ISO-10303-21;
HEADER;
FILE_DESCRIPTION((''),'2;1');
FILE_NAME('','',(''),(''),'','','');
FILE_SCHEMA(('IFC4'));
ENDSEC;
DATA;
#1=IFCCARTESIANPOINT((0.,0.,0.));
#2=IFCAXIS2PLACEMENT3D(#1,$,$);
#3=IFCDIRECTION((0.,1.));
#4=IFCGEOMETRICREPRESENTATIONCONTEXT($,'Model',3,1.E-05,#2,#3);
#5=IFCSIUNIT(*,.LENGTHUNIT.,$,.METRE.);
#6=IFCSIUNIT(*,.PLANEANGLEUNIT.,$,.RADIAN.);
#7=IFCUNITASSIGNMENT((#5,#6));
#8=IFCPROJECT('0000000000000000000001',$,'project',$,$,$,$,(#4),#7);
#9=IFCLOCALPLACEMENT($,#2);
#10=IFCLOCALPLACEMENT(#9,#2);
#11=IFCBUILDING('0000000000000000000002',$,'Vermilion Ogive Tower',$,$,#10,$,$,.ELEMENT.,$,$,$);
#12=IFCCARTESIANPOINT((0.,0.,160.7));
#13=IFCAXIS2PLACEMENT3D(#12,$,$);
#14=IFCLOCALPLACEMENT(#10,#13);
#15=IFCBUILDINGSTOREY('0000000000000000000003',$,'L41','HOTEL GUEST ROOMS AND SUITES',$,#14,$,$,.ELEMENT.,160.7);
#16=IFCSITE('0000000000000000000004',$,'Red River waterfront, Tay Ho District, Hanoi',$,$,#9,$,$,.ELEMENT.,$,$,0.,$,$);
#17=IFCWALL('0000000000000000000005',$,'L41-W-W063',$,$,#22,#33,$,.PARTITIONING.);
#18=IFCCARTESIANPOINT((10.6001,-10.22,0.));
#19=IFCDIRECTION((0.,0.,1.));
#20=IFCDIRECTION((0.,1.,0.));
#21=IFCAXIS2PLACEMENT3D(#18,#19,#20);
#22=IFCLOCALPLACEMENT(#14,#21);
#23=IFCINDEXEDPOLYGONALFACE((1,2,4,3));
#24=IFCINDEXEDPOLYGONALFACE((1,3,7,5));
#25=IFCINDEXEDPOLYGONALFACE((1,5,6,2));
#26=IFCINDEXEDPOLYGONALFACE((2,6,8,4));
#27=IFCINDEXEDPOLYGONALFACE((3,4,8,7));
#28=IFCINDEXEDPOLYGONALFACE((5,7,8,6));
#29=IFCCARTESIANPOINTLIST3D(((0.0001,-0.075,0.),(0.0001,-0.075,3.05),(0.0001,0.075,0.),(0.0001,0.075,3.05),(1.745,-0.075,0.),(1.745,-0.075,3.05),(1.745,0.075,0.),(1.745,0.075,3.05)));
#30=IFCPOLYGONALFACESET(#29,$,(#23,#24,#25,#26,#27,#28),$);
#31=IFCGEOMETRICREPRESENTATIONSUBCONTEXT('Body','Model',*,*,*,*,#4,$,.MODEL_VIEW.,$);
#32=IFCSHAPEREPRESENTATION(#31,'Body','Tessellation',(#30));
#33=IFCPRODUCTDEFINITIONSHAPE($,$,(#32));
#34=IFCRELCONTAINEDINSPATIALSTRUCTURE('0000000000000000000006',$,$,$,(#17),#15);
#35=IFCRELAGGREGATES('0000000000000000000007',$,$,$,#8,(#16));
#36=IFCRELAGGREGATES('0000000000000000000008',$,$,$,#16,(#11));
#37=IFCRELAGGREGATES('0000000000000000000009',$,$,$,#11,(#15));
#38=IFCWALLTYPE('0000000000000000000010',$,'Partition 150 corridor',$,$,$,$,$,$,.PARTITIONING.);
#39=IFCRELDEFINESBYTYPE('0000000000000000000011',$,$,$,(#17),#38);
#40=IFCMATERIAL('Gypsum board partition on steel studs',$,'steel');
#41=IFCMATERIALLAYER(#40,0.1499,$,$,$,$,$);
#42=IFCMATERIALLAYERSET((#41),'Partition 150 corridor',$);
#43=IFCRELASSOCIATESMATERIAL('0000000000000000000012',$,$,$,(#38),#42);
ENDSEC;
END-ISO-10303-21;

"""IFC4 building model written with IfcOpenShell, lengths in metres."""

from ifc_helpers import new_model, si_unit, direction, frame, frame_2d, origin, place, context, subcontext, project, spatial, rectangle, extrude, material, layer, layer_set, type_object, element, save


model = new_model("IFC4")

# Units and contexts
model_context = context("Model", 3, precision=1e-05, world=origin(), true_north=direction((0.0, 1.0)))
body_context = subcontext(model_context, "Body", "Model", "MODEL_VIEW")
ifc_project = project(units=[si_unit("LENGTHUNIT", "METRE"), si_unit("PLANEANGLEUNIT", "RADIAN")], contexts=[model_context])

# Site, building, storey
site_placement = place(None, origin())
site = spatial("IfcSite", under=ifc_project, at=site_placement, Name="Red River waterfront, Tay Ho District, Hanoi", CompositionType="ELEMENT", RefElevation=0.0)
building_placement = place(site_placement, origin())
building = spatial("IfcBuilding", under=site, at=building_placement, Name="Vermilion Ogive Tower", CompositionType="ELEMENT")
storey_placement = place(building_placement, frame((0.0, 0.0, 160.7)))
storey = spatial("IfcBuildingStorey", under=building, at=storey_placement, Name="L41", Description="HOTEL GUEST ROOMS AND SUITES", CompositionType="ELEMENT", Elevation=160.7)

# Shared definitions
ifc_material_1 = material(Name="Gypsum board partition on steel studs", Category="steel")
ifc_layer_1 = layer(ifc_material_1, 0.1499)
ifc_layer_set_1 = layer_set([ifc_layer_1], Name="Partition 150 corridor")
wall_type_1 = type_object("IfcWallType", Name="Partition 150 corridor", PredefinedType="PARTITIONING", material=ifc_layer_set_1)

# Wall
wall_1_placement = place(storey_placement, frame((10.6001, -10.22, 0.0), z_axis=(0.0, 0.0, 1.0), x_axis=(0.0, 1.0, 0.0)))
element("IfcWall", 1, at=wall_1_placement, inside=storey, type_object=wall_type_1, Name="L41-W-W063", PredefinedType="PARTITIONING", context=body_context, shape_type="SweptSolid", body=[
    extrude(rectangle(XDim=1.7449, YDim=0.1499, at=frame_2d((0.8726, 0.0))), origin(), (0.0, 0.0, 1.0), 3.05),
])

save(model, "model.ifc")
